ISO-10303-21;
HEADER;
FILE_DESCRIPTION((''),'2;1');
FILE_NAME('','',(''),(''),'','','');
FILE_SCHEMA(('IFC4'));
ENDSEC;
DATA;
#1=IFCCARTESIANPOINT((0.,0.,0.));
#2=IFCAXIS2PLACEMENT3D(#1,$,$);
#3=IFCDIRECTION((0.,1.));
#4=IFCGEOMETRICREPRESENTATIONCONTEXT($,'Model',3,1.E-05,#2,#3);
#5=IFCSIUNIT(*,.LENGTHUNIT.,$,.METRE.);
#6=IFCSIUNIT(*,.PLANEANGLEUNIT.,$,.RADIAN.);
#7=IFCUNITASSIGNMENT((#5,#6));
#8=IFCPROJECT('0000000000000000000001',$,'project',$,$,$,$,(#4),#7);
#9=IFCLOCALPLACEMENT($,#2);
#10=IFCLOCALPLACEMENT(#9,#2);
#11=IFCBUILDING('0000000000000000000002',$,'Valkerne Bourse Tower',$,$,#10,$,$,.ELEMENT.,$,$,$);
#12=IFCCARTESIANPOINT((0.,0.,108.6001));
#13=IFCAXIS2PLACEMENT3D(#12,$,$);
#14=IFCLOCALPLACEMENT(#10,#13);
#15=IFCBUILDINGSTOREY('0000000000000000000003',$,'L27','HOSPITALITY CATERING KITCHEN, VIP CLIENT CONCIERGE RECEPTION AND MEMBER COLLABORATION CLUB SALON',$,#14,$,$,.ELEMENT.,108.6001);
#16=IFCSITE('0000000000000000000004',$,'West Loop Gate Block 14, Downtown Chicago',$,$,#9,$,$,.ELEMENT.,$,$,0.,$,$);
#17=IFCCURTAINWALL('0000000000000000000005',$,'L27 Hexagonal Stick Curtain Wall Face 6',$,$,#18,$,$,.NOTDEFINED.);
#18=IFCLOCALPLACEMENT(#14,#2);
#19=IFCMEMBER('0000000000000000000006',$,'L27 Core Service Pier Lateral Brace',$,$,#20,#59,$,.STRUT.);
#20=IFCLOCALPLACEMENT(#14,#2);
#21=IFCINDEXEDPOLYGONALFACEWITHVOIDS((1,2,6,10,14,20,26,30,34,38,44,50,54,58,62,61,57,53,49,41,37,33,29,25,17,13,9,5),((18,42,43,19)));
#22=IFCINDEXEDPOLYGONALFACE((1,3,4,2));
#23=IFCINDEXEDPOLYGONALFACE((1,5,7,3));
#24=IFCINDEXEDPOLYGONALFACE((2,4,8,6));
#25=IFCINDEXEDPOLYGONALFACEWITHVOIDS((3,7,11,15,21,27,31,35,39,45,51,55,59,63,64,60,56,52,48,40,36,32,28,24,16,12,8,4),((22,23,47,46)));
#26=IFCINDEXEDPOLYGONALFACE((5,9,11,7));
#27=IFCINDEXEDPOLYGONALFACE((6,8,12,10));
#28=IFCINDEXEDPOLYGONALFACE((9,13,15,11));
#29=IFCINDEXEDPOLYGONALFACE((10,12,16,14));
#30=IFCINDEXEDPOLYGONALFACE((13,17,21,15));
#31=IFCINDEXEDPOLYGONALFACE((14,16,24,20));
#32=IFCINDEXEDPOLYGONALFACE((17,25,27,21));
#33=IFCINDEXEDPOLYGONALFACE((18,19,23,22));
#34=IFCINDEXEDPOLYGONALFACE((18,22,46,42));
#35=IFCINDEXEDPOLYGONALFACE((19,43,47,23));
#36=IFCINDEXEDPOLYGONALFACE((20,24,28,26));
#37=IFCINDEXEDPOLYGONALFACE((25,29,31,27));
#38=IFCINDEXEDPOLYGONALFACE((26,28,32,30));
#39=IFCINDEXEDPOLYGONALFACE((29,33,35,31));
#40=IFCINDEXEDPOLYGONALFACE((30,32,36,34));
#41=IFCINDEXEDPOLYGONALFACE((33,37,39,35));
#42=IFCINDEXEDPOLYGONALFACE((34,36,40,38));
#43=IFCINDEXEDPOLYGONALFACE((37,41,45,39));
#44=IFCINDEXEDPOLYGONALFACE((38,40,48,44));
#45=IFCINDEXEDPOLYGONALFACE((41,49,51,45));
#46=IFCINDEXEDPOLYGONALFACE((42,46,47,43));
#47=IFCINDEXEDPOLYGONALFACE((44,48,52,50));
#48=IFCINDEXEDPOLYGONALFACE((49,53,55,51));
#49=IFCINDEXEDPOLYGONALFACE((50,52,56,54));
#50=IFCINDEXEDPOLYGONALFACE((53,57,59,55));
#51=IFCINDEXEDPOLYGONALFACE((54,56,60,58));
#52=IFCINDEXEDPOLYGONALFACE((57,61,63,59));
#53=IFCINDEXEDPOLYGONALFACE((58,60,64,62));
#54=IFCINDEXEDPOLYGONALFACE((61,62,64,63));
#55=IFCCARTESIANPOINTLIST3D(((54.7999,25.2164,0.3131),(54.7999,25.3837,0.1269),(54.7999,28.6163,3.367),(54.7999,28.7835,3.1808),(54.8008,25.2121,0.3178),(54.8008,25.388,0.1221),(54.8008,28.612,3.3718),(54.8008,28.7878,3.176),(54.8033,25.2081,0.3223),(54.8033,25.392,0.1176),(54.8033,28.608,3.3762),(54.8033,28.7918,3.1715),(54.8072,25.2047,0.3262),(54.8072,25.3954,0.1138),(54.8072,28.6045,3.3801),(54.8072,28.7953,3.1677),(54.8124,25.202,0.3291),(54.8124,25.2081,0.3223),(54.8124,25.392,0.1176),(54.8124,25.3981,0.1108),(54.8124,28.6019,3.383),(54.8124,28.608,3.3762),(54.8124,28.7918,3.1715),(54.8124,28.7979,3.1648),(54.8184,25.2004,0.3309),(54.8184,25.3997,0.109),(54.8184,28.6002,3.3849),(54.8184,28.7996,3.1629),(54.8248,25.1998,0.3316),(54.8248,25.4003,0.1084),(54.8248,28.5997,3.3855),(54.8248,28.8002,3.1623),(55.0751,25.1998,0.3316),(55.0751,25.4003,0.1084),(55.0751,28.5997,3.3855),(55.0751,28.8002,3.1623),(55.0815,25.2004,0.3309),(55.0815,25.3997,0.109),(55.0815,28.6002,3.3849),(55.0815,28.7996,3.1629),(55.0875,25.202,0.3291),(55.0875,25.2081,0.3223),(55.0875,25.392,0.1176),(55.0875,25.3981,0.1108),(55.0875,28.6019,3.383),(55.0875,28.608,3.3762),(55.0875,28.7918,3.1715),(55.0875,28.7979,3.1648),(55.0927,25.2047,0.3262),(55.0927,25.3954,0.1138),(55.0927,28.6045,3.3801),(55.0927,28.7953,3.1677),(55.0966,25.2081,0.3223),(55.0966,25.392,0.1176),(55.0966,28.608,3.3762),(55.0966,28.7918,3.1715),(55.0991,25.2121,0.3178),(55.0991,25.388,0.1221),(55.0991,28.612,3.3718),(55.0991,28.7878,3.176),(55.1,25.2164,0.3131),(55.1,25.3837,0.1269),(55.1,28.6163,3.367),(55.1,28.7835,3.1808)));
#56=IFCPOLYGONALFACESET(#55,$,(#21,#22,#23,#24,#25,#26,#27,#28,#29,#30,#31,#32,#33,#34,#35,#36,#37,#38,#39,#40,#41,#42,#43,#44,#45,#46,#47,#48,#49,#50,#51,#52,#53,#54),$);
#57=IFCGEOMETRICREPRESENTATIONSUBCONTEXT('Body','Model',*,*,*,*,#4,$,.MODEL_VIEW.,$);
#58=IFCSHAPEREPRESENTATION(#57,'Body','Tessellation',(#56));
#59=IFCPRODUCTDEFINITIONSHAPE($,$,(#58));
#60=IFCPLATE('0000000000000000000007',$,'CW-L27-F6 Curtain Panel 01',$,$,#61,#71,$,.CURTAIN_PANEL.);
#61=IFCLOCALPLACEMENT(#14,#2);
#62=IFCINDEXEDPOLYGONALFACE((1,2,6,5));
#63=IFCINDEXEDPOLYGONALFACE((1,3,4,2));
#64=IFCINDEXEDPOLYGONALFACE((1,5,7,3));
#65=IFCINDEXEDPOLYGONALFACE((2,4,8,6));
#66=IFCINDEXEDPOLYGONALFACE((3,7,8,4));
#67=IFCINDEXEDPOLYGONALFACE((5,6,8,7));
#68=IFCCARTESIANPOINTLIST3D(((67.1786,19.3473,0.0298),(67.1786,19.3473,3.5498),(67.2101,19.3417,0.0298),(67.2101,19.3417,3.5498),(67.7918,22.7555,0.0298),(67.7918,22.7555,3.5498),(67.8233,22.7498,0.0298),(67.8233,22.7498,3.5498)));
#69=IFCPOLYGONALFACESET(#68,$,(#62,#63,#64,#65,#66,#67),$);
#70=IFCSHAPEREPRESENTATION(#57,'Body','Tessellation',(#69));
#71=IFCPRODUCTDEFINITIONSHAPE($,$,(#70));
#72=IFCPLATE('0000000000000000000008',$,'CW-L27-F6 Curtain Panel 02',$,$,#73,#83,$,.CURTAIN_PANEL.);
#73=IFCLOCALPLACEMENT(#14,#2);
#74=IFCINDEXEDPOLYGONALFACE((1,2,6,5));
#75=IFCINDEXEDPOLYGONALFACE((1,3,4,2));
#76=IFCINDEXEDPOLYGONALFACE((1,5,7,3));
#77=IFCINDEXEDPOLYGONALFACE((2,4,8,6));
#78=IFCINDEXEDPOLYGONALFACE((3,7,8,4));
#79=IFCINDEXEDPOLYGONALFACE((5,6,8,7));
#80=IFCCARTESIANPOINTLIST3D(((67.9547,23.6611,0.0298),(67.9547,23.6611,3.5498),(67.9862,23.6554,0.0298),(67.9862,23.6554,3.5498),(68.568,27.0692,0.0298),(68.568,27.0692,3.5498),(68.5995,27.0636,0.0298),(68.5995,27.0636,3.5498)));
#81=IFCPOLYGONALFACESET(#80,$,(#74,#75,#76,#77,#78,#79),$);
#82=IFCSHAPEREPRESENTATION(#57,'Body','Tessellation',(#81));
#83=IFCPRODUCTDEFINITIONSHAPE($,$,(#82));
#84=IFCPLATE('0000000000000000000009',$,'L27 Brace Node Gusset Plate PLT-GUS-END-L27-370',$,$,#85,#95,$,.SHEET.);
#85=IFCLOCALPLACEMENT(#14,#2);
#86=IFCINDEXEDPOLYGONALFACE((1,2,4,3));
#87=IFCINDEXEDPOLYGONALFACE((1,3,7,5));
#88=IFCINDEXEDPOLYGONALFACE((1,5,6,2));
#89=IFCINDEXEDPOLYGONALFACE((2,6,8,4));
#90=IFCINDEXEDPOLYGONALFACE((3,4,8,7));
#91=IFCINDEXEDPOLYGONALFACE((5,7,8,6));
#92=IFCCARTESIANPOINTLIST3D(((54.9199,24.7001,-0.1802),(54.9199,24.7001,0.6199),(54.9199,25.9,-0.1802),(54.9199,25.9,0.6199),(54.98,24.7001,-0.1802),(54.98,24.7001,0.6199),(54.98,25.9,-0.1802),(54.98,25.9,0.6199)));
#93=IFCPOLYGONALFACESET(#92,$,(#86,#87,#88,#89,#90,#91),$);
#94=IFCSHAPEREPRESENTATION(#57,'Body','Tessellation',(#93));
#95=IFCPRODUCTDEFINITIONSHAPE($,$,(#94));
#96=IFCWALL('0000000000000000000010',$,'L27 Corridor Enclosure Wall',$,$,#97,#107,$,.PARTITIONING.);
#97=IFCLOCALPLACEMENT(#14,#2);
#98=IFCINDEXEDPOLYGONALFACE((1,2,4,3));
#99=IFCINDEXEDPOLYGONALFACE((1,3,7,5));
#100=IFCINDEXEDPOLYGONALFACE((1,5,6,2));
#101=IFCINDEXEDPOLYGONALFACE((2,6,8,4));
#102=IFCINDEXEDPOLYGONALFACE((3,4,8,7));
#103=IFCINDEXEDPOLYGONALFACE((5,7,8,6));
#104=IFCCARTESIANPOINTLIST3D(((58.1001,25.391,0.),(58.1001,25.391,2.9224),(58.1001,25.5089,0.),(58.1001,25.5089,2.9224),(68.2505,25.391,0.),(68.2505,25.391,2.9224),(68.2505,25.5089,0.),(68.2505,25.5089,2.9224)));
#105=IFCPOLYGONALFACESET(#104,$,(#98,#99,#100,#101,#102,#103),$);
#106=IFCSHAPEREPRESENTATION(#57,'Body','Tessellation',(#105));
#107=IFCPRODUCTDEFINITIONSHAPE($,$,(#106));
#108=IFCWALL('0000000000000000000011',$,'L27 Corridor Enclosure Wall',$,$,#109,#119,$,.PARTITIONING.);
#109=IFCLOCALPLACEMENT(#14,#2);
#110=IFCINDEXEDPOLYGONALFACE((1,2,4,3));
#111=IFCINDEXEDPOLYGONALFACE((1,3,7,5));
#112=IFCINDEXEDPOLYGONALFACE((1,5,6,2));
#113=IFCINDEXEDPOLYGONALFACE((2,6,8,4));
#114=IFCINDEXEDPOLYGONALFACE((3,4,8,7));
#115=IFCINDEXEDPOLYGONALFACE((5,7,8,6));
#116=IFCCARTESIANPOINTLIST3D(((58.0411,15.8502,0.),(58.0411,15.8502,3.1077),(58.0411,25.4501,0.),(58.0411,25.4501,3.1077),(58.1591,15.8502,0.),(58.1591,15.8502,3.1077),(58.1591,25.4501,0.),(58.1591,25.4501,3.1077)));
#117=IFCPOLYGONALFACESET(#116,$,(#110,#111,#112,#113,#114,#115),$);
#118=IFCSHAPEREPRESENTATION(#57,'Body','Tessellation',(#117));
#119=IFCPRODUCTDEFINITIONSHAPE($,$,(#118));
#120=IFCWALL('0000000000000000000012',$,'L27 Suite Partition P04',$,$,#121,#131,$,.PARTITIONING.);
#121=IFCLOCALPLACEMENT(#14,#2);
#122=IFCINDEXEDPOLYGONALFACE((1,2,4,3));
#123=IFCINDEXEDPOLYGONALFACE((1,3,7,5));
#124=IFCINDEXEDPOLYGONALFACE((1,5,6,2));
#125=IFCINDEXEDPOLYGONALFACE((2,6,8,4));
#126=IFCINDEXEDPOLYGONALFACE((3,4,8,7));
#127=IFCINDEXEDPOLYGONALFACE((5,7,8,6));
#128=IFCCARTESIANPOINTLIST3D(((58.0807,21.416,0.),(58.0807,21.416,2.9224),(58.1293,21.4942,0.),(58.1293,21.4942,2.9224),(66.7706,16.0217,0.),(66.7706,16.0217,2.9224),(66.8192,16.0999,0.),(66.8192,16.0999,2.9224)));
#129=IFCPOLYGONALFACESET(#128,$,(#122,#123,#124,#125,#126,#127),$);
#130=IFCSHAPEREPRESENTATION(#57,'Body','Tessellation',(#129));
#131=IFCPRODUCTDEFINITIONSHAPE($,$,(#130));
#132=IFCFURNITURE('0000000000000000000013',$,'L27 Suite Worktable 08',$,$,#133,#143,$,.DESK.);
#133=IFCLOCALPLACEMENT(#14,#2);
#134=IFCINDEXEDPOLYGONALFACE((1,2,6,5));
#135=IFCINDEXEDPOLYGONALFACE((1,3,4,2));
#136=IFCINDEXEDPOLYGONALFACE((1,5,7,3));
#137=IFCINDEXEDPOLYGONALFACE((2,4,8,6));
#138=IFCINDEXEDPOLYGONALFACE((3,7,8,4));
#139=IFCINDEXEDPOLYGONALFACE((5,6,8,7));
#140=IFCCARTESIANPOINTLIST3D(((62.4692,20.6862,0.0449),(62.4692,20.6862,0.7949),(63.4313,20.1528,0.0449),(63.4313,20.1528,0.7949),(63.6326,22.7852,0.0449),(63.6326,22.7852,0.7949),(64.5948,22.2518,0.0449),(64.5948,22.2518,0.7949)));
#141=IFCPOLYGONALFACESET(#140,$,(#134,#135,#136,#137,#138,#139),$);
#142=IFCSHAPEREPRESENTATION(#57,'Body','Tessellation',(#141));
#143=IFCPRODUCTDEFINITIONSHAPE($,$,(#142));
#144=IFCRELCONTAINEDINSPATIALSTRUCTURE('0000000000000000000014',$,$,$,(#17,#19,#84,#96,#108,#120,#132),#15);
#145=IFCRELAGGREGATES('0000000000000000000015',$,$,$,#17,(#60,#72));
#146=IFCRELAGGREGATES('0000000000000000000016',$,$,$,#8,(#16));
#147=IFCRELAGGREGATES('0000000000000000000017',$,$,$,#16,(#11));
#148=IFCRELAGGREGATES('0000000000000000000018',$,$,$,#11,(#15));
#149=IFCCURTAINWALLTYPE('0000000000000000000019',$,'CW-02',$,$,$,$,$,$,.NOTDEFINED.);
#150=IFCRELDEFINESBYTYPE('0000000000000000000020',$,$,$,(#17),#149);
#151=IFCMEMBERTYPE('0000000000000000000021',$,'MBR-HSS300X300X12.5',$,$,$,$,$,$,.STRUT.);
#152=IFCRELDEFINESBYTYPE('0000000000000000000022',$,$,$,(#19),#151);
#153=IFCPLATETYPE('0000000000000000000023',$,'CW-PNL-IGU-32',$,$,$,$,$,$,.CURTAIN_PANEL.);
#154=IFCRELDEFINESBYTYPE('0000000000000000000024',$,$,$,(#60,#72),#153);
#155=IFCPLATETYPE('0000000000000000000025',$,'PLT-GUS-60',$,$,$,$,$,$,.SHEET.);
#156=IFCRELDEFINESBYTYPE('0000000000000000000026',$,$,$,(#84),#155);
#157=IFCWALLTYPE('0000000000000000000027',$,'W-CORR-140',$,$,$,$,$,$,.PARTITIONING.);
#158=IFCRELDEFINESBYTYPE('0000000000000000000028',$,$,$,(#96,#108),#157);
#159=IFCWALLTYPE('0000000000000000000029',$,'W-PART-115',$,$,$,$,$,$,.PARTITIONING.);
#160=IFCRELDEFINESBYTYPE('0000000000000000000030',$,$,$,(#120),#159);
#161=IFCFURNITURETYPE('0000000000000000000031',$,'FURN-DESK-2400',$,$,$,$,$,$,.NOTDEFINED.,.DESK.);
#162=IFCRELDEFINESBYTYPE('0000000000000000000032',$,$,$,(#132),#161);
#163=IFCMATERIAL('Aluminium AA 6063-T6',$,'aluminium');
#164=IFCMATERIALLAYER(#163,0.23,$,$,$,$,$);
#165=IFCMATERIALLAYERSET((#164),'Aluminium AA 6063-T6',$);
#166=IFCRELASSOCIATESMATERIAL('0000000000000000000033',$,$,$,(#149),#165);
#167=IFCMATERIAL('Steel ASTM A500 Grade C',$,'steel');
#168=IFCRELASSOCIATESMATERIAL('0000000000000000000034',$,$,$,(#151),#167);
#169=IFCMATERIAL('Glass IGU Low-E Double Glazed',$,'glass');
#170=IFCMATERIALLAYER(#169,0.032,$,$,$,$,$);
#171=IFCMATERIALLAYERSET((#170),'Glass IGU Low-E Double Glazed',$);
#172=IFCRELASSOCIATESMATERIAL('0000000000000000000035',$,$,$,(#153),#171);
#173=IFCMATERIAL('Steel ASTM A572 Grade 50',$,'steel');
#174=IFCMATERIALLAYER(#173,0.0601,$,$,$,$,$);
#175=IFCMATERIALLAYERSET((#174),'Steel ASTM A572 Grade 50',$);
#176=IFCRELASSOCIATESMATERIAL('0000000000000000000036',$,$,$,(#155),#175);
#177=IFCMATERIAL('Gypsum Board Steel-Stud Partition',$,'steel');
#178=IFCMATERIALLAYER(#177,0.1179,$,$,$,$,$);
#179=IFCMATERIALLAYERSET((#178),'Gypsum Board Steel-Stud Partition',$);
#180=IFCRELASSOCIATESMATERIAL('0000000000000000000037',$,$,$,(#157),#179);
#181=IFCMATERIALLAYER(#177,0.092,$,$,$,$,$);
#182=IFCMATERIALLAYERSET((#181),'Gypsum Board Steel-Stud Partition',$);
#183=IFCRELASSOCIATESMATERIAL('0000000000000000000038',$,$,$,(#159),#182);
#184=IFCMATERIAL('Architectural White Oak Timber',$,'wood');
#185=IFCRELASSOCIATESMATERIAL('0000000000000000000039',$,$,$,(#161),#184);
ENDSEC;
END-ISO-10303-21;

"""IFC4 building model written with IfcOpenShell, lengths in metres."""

from ifc_helpers import new_model, si_unit, direction, frame, frame_2d, origin, origin_2d, place, context, subcontext, project, spatial, rectangle, hollow_rectangle, extrude, material, layer, layer_set, material_profile, profile_set, type_object, element, aggregate, save


model = new_model("IFC4")

# Units and contexts
model_context = context("Model", 3, precision=1e-05, world=origin(), true_north=direction((0.0, 1.0)))
body_context = subcontext(model_context, "Body", "Model", "MODEL_VIEW")
ifc_project = project(units=[si_unit("LENGTHUNIT", "METRE"), si_unit("PLANEANGLEUNIT", "RADIAN")], contexts=[model_context])

# Site, building, storey
site_placement = place(None, origin())
site = spatial("IfcSite", under=ifc_project, at=site_placement, Name="West Loop Gate Block 14, Downtown Chicago", CompositionType="ELEMENT", RefElevation=0.0)
building_placement = place(site_placement, origin())
building = spatial("IfcBuilding", under=site, at=building_placement, Name="Valkerne Bourse Tower", CompositionType="ELEMENT")
storey_placement = place(building_placement, frame((0.0, 0.0, 108.6001)))
storey = spatial("IfcBuildingStorey", under=building, at=storey_placement, Name="L27", Description="HOSPITALITY CATERING KITCHEN, VIP CLIENT CONCIERGE RECEPTION AND MEMBER COLLABORATION CLUB SALON", CompositionType="ELEMENT", Elevation=108.6001)

# Curtain wall
ifc_material_1 = material(Name="Aluminium AA 6063-T6", Category="aluminium")
ifc_layer_1 = layer(ifc_material_1, 0.23)
ifc_layer_set_1 = layer_set([ifc_layer_1], Name="Aluminium AA 6063-T6")
curtain_wall_type = type_object("IfcCurtainWallType", Name="CW-02", PredefinedType="NOTDEFINED", material=ifc_layer_set_1)
curtain_wall_placement = place(storey_placement, origin())
curtain_wall = element("IfcCurtainWall", 1, at=curtain_wall_placement, inside=storey, type_object=curtain_wall_type, Name="L27 Hexagonal Stick Curtain Wall Face 6", PredefinedType="NOTDEFINED")

# Member
ifc_material_2 = material(Name="Steel ASTM A500 Grade C", Category="steel")
ifc_material_profile_1 = material_profile(ifc_material_2, hollow_rectangle(XDim=0.3, YDim=0.3, WallThickness=0.0125, OuterFilletRadius=0.0249, at=origin_2d()), Name="HSS300X300X12.5")
ifc_profile_set_1 = profile_set([ifc_material_profile_1], Name="Steel ASTM A500 Grade C")
member_type_1 = type_object("IfcMemberType", Name="MBR-HSS300X300X12.5", PredefinedType="STRUT", material=ifc_profile_set_1)
member_1_placement = place(storey_placement, frame((54.95, 25.3, 0.22), z_axis=(0.0, 0.743942, 0.668244), x_axis=(-1.0, 0.0, 0.0)))
element("IfcMember", 2, at=member_1_placement, inside=storey, type_object=member_type_1, Name="L27 Core Service Pier Lateral Brace", PredefinedType="STRUT", context=body_context, shape_type="SweptSolid", body=[
    extrude(hollow_rectangle(XDim=0.3, YDim=0.3, WallThickness=0.0125, OuterFilletRadius=0.0249, at=origin_2d()), origin(), (0.0, 0.0, 1.0), 4.5701),
])

# Plates
ifc_material_3 = material(Name="Glass IGU Low-E Double Glazed", Category="glass")
ifc_layer_2 = layer(ifc_material_3, 0.032)
ifc_layer_set_2 = layer_set([ifc_layer_2], Name="Glass IGU Low-E Double Glazed")
plate_type_1 = type_object("IfcPlateType", Name="CW-PNL-IGU-32", PredefinedType="CURTAIN_PANEL", material=ifc_layer_set_2)
plate_1_placement = place(storey_placement, frame((67.501, 21.0486, 0.0298), z_axis=(0.0, 0.0, 1.0), x_axis=(0.177072, 0.984198, 0.0)))
plate_1 = element("IfcPlate", 3, at=plate_1_placement, type_object=plate_type_1, Name="CW-L27-F6 Curtain Panel 01", PredefinedType="CURTAIN_PANEL", context=body_context, shape_type="SweptSolid", body=[
    extrude(rectangle(XDim=3.4629, YDim=0.032, at=origin_2d()), origin(), (0.0, 0.0, 1.0), 3.52),
])
plate_2_placement = place(storey_placement, frame((68.2771, 25.3623, 0.0298), z_axis=(0.0, 0.0, 1.0), x_axis=(0.177094, 0.984194, 0.0)))
plate_2 = element("IfcPlate", 4, at=plate_2_placement, type_object=plate_type_1, Name="CW-L27-F6 Curtain Panel 02", PredefinedType="CURTAIN_PANEL", context=body_context, shape_type="SweptSolid", body=[
    extrude(rectangle(XDim=3.4629, YDim=0.032, at=origin_2d()), origin(), (0.0, 0.0, 1.0), 3.52),
])
aggregate(curtain_wall, [plate_1, plate_2])
ifc_material_4 = material(Name="Steel ASTM A572 Grade 50", Category="steel")
ifc_layer_3 = layer(ifc_material_4, 0.0601)
ifc_layer_set_3 = layer_set([ifc_layer_3], Name="Steel ASTM A572 Grade 50")
plate_type_2 = type_object("IfcPlateType", Name="PLT-GUS-60", PredefinedType="SHEET", material=ifc_layer_set_3)
plate_3_placement = place(storey_placement, frame((54.95, 25.3, -0.1802), z_axis=(0.0, 0.0, 1.0), x_axis=(0.0, 1.0, 0.0)))
element("IfcPlate", 5, at=plate_3_placement, inside=storey, type_object=plate_type_2, Name="L27 Brace Node Gusset Plate PLT-GUS-END-L27-370", PredefinedType="SHEET", context=body_context, shape_type="SweptSolid", body=[
    extrude(rectangle(XDim=1.2, YDim=0.0601, at=origin_2d()), origin(), (0.0, 0.0, 1.0), 0.8),
])

# Walls
ifc_material_5 = material(Name="Gypsum Board Steel-Stud Partition", Category="steel")
ifc_layer_4 = layer(ifc_material_5, 0.1179)
ifc_layer_set_4 = layer_set([ifc_layer_4], Name="Gypsum Board Steel-Stud Partition")
wall_type_1 = type_object("IfcWallType", Name="W-CORR-140", PredefinedType="PARTITIONING", material=ifc_layer_set_4)
wall_1_placement = place(storey_placement, frame((68.2505, 25.45, 0.0), z_axis=(0.0, 0.0, 1.0), x_axis=(-1.0, 0.0, 0.0)))
element("IfcWall", 6, at=wall_1_placement, inside=storey, type_object=wall_type_1, Name="L27 Corridor Enclosure Wall", PredefinedType="PARTITIONING", context=body_context, shape_type="SweptSolid", body=[
    extrude(rectangle(XDim=10.1504, YDim=0.1179, at=frame_2d((5.0752, 0.0))), origin(), (0.0, 0.0, 1.0), 2.9224),
])
wall_2_placement = place(storey_placement, frame((58.1001, 25.45, 0.0), z_axis=(0.0, 0.0, 1.0), x_axis=(0.0, -1.0, 0.0)))
element("IfcWall", 7, at=wall_2_placement, inside=storey, type_object=wall_type_1, Name="L27 Corridor Enclosure Wall", PredefinedType="PARTITIONING", context=body_context, shape_type="SweptSolid", body=[
    extrude(rectangle(XDim=9.5999, YDim=0.1179, at=frame_2d((4.7998, 0.0))), origin(), (0.0, 0.0, 1.0), 3.1077),
])
ifc_layer_5 = layer(ifc_material_5, 0.092)
ifc_layer_set_5 = layer_set([ifc_layer_5], Name="Gypsum Board Steel-Stud Partition")
wall_type_2 = type_object("IfcWallType", Name="W-PART-115", PredefinedType="PARTITIONING", material=ifc_layer_set_5)
wall_3_placement = place(storey_placement, frame((58.105, 21.4551, 0.0), z_axis=(0.0, 0.0, 1.0), x_axis=(0.849617, -0.5274, 0.0)))
element("IfcWall", 8, at=wall_3_placement, inside=storey, type_object=wall_type_2, Name="L27 Suite Partition P04", PredefinedType="PARTITIONING", context=body_context, shape_type="SweptSolid", body=[
    extrude(rectangle(XDim=10.228, YDim=0.092, at=frame_2d((5.114, 0.0))), origin(), (0.0, 0.0, 1.0), 2.9224),
])

# Furniture
ifc_material_6 = material(Name="Architectural White Oak Timber", Category="wood")
furniture_type = type_object("IfcFurnitureType", Name="FURN-DESK-2400", AssemblyPlace="NOTDEFINED", PredefinedType="DESK", material=ifc_material_6)
furniture_placement = place(storey_placement, frame((63.532, 21.469, 0.0449), z_axis=(0.0, 0.0, 1.0), x_axis=(0.48481, 0.87462, 0.0)))
element("IfcFurniture", 9, at=furniture_placement, inside=storey, type_object=furniture_type, Name="L27 Suite Worktable 08", PredefinedType="DESK", context=body_context, shape_type="SweptSolid", body=[
    extrude(rectangle(XDim=2.3999, YDim=1.1001, at=origin_2d()), origin(), (0.0, 0.0, 1.0), 0.75),
])

save(model, "model.ifc")
